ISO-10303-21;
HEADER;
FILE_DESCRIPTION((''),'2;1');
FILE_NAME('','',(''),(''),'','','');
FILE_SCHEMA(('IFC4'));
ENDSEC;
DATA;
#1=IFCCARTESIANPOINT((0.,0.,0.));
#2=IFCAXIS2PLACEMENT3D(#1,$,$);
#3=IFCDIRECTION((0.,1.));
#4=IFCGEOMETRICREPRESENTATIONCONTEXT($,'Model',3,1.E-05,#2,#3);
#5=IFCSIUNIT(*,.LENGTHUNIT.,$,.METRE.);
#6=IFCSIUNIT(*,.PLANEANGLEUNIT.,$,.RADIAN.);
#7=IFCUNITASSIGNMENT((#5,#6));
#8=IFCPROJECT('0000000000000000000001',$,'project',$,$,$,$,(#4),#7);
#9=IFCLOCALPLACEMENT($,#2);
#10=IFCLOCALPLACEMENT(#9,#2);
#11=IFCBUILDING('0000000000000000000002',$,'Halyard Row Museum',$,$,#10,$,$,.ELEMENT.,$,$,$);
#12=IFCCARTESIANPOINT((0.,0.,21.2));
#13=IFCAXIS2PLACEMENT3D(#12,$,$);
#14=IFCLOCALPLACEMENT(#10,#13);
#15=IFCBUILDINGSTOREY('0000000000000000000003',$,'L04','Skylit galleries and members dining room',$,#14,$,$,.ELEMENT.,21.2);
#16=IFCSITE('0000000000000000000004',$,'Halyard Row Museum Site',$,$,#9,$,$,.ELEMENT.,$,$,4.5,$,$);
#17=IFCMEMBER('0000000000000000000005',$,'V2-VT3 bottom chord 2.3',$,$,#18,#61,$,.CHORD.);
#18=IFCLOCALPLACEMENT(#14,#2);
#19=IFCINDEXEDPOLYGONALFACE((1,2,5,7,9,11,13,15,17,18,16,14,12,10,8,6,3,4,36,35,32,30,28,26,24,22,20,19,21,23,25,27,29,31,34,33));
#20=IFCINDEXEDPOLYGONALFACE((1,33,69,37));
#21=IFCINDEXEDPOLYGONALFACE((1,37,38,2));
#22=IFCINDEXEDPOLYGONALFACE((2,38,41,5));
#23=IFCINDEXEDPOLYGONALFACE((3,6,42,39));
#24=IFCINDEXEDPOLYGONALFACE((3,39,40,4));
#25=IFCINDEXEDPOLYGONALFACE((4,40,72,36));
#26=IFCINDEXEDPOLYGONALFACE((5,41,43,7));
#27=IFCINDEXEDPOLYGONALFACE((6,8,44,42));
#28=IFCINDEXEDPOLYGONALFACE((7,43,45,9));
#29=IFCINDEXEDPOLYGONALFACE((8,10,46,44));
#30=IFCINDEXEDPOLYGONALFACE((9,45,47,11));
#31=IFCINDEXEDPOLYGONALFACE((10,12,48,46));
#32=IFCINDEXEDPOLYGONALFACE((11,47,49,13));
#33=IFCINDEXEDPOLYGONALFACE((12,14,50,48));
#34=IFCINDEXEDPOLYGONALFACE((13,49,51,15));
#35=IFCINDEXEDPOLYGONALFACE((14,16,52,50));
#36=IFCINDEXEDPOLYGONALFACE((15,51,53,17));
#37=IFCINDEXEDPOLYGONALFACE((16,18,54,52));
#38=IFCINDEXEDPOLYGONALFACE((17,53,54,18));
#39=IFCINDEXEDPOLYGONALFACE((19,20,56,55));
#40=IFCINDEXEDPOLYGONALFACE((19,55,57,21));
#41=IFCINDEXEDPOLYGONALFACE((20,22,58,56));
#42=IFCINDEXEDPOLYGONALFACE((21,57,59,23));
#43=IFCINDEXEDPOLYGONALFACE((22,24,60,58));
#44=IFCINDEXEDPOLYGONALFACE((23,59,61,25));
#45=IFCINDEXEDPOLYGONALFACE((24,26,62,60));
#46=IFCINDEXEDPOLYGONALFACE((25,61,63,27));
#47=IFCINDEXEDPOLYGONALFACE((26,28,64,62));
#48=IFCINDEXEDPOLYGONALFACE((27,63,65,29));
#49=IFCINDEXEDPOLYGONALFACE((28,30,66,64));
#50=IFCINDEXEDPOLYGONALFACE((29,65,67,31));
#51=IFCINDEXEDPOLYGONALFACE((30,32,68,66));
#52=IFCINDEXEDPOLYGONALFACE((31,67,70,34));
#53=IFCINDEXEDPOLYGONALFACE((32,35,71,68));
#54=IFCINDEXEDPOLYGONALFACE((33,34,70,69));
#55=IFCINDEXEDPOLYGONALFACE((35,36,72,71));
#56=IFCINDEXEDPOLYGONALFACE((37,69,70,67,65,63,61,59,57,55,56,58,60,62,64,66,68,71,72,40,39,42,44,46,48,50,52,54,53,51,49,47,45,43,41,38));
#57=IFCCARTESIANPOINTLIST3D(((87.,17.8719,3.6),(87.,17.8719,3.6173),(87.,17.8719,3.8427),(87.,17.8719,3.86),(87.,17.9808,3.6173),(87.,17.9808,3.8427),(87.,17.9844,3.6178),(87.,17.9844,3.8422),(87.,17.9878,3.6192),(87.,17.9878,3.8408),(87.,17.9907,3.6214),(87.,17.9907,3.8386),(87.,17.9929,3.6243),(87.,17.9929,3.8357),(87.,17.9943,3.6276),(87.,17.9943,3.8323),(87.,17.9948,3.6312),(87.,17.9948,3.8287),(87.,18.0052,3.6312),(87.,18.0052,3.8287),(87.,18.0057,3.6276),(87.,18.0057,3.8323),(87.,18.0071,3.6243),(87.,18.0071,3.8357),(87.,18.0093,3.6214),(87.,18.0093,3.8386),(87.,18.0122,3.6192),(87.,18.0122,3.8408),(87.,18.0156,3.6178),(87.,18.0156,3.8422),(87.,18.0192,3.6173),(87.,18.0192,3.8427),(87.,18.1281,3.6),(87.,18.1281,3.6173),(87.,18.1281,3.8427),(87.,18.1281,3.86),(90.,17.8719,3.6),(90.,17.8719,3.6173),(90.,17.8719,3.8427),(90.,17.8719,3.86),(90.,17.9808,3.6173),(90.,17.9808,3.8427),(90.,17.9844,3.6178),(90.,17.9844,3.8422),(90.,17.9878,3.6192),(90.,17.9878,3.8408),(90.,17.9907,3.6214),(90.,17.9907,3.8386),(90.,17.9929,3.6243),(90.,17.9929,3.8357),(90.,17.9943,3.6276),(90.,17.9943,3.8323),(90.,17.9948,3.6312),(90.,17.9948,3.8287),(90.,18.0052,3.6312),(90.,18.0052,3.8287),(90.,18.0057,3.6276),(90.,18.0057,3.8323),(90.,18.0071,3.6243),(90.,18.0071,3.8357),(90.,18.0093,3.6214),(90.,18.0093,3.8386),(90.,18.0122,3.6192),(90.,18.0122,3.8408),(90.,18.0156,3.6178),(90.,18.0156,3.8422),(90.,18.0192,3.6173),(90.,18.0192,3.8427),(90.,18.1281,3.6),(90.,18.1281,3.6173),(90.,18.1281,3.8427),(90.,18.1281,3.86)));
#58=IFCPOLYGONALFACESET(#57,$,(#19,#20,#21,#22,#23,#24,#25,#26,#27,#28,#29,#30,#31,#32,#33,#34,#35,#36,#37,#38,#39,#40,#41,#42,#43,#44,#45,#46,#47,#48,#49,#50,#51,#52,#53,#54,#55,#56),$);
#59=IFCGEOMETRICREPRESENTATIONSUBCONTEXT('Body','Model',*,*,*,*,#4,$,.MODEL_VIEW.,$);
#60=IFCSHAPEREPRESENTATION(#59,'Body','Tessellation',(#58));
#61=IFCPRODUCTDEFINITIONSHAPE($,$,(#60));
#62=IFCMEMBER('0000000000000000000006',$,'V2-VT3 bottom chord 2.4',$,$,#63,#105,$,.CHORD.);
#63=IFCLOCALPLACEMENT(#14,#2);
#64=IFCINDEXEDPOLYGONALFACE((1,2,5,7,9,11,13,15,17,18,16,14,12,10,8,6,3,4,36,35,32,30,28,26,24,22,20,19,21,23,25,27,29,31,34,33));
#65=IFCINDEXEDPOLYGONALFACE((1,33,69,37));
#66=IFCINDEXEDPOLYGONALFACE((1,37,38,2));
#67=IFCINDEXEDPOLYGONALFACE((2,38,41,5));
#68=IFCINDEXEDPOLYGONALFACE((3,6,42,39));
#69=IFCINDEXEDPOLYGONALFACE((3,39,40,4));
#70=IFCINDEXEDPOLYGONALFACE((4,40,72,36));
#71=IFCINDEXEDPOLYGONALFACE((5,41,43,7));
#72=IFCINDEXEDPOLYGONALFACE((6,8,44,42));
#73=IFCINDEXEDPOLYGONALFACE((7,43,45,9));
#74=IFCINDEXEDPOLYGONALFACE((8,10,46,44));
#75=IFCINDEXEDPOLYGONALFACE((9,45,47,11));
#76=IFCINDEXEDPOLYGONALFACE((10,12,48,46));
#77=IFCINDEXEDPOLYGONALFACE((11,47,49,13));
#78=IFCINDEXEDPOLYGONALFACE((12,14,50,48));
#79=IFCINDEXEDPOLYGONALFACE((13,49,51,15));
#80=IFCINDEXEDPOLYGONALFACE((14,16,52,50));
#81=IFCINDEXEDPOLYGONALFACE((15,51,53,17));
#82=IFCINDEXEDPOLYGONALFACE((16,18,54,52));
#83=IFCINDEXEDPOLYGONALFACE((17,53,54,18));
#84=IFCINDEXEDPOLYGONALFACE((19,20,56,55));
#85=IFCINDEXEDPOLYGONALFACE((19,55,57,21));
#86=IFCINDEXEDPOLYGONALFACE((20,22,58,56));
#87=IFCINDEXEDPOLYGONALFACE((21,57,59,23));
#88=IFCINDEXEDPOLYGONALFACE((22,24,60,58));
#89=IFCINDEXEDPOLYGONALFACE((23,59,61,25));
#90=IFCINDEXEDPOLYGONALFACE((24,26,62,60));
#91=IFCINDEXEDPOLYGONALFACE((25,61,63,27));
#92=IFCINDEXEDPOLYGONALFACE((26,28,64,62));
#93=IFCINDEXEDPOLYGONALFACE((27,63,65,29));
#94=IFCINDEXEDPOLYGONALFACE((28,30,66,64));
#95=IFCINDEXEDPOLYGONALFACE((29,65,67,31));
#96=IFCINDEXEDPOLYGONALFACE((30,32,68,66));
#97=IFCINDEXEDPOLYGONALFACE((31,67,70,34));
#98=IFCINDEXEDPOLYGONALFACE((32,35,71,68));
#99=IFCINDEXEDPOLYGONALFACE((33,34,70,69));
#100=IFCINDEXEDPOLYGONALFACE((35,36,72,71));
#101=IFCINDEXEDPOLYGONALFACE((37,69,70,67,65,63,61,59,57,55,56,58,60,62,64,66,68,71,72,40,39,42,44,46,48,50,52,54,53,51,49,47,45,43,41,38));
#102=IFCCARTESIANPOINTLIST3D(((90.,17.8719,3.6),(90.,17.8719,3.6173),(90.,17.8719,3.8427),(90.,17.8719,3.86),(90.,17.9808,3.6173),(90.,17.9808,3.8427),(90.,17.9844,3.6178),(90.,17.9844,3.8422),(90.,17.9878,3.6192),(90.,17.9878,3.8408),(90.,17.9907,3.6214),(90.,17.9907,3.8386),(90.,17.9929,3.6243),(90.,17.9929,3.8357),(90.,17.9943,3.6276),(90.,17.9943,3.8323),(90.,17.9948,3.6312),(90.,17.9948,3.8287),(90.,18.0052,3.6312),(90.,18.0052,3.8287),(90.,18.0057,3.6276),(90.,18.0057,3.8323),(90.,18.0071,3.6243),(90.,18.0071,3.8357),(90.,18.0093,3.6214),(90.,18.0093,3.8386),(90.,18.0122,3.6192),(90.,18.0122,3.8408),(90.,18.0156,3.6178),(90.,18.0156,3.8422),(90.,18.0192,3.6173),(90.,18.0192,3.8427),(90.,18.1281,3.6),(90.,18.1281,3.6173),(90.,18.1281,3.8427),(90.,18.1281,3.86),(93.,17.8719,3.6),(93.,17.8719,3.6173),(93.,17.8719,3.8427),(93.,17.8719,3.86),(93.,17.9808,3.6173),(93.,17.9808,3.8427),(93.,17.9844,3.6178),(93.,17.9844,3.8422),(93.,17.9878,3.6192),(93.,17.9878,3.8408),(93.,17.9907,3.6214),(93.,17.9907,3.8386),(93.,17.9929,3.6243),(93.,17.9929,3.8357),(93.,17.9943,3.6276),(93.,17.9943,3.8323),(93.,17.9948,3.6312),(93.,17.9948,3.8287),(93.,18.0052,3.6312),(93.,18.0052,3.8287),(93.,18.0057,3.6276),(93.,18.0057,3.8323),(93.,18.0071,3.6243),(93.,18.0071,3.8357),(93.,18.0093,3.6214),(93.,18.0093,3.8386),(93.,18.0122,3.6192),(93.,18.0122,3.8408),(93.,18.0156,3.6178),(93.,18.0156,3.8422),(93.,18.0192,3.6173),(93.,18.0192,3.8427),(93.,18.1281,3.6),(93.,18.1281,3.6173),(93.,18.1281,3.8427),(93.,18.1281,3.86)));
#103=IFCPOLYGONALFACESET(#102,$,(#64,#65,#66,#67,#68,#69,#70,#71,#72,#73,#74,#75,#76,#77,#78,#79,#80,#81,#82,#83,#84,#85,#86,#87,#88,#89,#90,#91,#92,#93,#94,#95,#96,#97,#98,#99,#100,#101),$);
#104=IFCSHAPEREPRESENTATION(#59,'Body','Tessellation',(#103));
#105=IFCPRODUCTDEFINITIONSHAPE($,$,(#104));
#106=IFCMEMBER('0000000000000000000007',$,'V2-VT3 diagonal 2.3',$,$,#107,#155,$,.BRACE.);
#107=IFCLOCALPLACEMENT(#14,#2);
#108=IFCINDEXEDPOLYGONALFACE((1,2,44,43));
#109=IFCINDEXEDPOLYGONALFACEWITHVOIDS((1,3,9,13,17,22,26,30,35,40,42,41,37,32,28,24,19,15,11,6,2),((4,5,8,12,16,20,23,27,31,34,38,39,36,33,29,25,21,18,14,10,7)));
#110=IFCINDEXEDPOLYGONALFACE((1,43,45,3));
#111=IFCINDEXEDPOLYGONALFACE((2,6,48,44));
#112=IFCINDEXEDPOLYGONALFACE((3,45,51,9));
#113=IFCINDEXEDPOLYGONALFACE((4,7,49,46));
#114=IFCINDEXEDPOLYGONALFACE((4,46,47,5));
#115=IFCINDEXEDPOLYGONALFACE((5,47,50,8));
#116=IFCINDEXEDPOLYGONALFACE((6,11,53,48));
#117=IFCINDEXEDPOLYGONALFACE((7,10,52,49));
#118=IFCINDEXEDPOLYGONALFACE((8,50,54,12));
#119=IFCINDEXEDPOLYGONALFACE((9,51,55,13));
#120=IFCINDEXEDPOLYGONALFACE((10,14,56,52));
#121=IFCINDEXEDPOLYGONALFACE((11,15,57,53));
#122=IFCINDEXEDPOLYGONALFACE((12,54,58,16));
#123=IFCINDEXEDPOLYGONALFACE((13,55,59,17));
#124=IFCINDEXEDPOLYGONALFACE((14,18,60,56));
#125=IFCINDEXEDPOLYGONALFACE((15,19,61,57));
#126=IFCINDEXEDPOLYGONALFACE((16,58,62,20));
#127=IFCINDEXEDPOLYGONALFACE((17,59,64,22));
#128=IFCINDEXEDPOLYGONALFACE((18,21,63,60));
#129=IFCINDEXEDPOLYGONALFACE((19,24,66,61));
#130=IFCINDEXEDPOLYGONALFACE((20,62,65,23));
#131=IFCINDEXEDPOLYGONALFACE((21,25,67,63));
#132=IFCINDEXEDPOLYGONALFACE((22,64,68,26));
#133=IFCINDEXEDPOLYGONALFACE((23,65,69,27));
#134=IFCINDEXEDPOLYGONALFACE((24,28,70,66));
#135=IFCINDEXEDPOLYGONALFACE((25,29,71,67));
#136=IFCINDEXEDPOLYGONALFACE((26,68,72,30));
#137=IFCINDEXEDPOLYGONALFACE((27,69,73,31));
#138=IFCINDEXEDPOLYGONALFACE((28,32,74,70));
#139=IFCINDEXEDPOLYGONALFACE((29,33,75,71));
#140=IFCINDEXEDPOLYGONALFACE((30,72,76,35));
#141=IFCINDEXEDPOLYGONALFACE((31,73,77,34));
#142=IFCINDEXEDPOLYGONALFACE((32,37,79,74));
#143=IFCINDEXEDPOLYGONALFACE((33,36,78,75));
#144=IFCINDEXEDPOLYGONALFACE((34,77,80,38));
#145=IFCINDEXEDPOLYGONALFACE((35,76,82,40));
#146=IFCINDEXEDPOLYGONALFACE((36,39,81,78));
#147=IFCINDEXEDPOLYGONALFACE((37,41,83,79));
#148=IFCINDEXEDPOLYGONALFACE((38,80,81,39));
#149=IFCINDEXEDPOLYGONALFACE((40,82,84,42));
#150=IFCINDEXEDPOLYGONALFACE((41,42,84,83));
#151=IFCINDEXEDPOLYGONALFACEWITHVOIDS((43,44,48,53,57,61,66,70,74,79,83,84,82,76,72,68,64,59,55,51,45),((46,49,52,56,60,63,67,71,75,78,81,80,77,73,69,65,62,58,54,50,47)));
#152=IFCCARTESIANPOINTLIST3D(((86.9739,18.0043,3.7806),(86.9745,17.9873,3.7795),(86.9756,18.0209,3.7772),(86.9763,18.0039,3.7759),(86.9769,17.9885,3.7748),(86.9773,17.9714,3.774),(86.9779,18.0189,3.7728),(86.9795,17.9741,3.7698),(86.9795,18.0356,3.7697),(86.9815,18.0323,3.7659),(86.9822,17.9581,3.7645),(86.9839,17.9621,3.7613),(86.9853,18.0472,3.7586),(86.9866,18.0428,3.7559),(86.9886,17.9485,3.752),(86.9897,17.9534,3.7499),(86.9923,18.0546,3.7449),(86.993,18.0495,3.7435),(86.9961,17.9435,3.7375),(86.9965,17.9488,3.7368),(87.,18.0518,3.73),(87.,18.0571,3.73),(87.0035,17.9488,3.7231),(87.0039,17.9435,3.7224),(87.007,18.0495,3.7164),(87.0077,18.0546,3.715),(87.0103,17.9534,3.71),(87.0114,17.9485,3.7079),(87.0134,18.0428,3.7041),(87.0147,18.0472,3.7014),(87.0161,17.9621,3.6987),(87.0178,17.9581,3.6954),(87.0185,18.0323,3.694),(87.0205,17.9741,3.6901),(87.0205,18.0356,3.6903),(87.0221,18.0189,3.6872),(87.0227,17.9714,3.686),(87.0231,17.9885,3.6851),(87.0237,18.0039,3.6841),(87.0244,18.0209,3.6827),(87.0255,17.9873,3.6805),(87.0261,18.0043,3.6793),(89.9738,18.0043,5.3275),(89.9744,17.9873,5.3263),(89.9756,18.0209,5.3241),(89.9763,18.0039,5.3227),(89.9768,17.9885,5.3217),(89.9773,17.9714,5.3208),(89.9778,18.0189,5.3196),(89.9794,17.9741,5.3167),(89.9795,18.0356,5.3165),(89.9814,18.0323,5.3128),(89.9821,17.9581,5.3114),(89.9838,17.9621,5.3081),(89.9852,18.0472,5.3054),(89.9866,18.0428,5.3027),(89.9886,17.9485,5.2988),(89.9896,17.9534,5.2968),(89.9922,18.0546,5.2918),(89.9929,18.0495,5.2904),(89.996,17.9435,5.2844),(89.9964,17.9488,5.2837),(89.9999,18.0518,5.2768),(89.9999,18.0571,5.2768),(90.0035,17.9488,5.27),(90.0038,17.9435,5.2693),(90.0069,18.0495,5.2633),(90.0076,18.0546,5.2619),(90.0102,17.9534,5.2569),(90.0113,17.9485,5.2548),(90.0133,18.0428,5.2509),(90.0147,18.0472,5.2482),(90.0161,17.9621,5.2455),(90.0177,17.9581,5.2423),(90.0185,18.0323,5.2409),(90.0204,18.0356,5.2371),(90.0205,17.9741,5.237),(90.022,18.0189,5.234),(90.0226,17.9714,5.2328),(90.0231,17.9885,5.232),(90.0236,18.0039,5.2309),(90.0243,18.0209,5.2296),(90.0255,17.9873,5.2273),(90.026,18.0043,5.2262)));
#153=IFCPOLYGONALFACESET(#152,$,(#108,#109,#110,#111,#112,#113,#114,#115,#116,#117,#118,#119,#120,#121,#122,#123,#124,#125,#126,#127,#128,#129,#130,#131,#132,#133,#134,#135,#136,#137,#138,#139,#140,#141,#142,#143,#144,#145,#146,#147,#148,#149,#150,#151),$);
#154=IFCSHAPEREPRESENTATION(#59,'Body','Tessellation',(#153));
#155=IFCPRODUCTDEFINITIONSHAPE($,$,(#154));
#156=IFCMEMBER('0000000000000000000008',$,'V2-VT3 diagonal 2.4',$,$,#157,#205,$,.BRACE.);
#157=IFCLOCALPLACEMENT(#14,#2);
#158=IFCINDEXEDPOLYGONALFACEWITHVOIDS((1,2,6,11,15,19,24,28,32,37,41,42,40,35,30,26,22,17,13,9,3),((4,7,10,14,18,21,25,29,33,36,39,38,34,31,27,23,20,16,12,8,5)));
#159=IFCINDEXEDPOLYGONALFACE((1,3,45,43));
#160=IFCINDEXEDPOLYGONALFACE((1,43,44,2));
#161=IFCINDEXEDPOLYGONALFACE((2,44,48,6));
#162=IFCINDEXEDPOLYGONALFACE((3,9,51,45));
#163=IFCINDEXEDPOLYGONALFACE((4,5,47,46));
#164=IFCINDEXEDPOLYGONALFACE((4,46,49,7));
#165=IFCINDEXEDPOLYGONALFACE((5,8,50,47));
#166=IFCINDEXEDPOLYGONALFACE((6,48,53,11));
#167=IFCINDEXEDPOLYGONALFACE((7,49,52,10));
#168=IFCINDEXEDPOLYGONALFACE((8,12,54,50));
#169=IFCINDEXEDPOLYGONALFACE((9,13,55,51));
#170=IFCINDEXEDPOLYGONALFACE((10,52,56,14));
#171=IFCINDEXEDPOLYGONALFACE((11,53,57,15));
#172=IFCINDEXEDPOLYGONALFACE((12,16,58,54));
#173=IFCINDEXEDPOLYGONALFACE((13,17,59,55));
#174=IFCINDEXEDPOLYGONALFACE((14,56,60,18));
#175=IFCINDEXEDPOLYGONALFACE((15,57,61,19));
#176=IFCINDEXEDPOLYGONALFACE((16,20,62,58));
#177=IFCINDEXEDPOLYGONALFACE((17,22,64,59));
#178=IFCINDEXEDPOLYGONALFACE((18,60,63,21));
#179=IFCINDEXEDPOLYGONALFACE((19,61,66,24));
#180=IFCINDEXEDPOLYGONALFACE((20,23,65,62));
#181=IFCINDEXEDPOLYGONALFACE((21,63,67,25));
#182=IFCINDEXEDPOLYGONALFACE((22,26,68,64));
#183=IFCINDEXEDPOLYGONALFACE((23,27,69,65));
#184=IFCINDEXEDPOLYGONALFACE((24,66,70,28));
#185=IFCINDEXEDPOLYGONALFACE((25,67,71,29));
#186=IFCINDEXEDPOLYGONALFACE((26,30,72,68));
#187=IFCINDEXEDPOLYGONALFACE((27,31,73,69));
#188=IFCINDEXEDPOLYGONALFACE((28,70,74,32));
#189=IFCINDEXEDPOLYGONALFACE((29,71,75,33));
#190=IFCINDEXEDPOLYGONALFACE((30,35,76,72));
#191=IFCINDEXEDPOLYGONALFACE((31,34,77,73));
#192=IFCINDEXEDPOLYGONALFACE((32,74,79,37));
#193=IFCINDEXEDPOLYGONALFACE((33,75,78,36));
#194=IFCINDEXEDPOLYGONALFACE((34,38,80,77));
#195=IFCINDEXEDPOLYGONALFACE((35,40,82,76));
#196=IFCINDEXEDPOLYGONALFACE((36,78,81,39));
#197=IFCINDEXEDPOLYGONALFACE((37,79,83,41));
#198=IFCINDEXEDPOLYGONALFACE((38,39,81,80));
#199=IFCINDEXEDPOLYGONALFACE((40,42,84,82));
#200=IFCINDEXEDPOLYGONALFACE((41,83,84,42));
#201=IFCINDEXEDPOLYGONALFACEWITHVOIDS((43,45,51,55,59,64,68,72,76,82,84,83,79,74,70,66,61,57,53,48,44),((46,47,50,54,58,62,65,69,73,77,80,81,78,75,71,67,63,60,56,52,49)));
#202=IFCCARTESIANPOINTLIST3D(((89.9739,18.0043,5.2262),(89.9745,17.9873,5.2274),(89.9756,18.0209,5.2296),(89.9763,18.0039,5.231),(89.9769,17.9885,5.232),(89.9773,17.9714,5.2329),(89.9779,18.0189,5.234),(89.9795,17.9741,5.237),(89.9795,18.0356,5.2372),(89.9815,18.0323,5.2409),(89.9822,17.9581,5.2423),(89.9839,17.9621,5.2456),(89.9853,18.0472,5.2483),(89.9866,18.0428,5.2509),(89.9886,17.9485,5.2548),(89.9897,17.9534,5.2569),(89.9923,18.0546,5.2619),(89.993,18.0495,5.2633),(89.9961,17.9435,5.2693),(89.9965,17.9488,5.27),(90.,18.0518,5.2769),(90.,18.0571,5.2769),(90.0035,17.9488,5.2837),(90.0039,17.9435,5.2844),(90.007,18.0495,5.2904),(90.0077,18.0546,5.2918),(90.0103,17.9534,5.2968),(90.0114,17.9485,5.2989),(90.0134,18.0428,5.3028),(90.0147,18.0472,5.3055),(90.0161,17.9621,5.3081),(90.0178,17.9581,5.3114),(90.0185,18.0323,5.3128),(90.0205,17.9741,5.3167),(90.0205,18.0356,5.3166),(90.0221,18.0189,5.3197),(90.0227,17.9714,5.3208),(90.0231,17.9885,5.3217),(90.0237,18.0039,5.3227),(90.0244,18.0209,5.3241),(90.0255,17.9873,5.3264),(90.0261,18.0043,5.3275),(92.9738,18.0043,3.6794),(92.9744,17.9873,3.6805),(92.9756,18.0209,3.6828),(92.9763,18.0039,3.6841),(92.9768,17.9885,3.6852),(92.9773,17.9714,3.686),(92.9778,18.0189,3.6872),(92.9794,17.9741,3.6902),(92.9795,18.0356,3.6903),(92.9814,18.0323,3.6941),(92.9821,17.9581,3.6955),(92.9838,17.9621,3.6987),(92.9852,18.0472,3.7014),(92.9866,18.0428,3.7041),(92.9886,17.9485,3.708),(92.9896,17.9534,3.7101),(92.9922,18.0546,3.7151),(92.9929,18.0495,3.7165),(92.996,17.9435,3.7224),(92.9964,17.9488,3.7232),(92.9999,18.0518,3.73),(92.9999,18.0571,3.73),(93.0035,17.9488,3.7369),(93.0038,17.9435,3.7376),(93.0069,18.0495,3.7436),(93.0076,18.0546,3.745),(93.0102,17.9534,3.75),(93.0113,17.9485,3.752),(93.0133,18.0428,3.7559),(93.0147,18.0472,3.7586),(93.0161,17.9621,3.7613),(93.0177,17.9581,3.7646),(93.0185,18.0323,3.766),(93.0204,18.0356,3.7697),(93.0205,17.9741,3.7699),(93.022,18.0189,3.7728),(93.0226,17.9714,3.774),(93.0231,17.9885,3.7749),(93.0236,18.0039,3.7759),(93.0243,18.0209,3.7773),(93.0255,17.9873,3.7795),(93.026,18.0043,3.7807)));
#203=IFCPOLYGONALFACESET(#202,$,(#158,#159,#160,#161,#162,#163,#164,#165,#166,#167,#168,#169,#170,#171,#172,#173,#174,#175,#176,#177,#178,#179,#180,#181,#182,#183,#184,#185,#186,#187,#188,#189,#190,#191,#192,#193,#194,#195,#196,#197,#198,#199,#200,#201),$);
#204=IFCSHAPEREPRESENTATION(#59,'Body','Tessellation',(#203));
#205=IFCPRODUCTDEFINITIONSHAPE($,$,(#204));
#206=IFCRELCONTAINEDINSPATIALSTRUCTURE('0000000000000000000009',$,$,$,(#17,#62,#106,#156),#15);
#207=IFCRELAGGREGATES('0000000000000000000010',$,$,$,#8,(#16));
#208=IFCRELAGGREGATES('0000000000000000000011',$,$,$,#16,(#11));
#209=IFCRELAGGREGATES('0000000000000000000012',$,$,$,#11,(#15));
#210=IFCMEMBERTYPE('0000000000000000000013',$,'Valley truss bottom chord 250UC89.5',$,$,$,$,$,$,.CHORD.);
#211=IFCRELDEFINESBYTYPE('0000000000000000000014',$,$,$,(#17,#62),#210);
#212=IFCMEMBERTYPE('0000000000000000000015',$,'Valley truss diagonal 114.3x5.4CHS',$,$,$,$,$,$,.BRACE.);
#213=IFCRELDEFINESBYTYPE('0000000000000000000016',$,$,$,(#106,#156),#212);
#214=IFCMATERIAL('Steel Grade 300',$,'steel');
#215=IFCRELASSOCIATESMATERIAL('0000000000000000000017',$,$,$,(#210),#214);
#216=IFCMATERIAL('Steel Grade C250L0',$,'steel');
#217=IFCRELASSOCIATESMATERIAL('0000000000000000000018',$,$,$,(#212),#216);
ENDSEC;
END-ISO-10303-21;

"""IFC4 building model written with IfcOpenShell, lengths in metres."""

from ifc_helpers import new_model, si_unit, direction, frame, origin, origin_2d, place, context, subcontext, project, spatial, hollow_circle, i_section, extrude, material, material_profile, profile_set, type_object, element, save


model = new_model("IFC4")

# Units and contexts
model_context = context("Model", 3, precision=1e-05, world=origin(), true_north=direction((0.0, 1.0)))
body_context = subcontext(model_context, "Body", "Model", "MODEL_VIEW")
ifc_project = project(units=[si_unit("LENGTHUNIT", "METRE"), si_unit("PLANEANGLEUNIT", "RADIAN")], contexts=[model_context])

# Site, building, storey
site_placement = place(None, origin())
site = spatial("IfcSite", under=ifc_project, at=site_placement, Name="Halyard Row Museum Site", CompositionType="ELEMENT", RefElevation=4.5)
building_placement = place(site_placement, origin())
building = spatial("IfcBuilding", under=site, at=building_placement, Name="Halyard Row Museum", CompositionType="ELEMENT")
storey_placement = place(building_placement, frame((0.0, 0.0, 21.2)))
storey = spatial("IfcBuildingStorey", under=building, at=storey_placement, Name="L04", Description="Skylit galleries and members dining room", CompositionType="ELEMENT", Elevation=21.2)

# Members
ifc_material_1 = material(Name="Steel Grade 300", Category="steel")
ifc_material_profile_1 = material_profile(ifc_material_1, i_section(OverallWidth=0.2561, OverallDepth=0.26, WebThickness=0.0105, FlangeThickness=0.0173, FilletRadius=0.0139, at=origin_2d()), Name="250UC89.5")
ifc_profile_set_1 = profile_set([ifc_material_profile_1], Name="Steel Grade 300")
member_type_1 = type_object("IfcMemberType", Name="Valley truss bottom chord 250UC89.5", PredefinedType="CHORD", material=ifc_profile_set_1)
for number, where, z_axis, x_axis, name in (
    (1, (87.0, 18.0, 3.73), (1.0, 0.0, 0.0), (0.0, 1.0, 0.0), "V2-VT3 bottom chord 2.3"),
    (2, (90.0, 18.0, 3.73), (1.0, 0.0, 0.0), (0.0, 1.0, 0.0), "V2-VT3 bottom chord 2.4"),
):
    element("IfcMember", number, at=place(storey_placement, frame(where, z_axis=z_axis, x_axis=x_axis)), inside=storey, type_object=member_type_1, Name=name, PredefinedType="CHORD", context=body_context, shape_type="SweptSolid", body=[
        extrude(i_section(OverallWidth=0.2561, OverallDepth=0.26, WebThickness=0.0105, FlangeThickness=0.0173, FilletRadius=0.0139, at=origin_2d()), origin(), (0.0, 0.0, 1.0), 3.0),
    ])
ifc_material_2 = material(Name="Steel Grade C250L0", Category="steel")
ifc_material_profile_2 = material_profile(ifc_material_2, hollow_circle(Radius=0.0571, WallThickness=0.0054, at=origin_2d()), Name="114.3x5.4CHS")
ifc_profile_set_2 = profile_set([ifc_material_profile_2], Name="Steel Grade C250L0")
member_type_2 = type_object("IfcMemberType", Name="Valley truss diagonal 114.3x5.4CHS", PredefinedType="BRACE", material=ifc_profile_set_2)
for number, where, z_axis, x_axis, name in (
    (3, (87.0, 18.0, 3.73), (0.888803, 0.0, 0.458289), (0.0, 1.0, 0.0), "V2-VT3 diagonal 2.3"),
    (4, (90.0, 18.0, 5.2769), (0.888803, 0.0, -0.458289), (0.0, 1.0, 0.0), "V2-VT3 diagonal 2.4"),
):
    element("IfcMember", number, at=place(storey_placement, frame(where, z_axis=z_axis, x_axis=x_axis)), inside=storey, type_object=member_type_2, Name=name, PredefinedType="BRACE", context=body_context, shape_type="SweptSolid", body=[
        extrude(hollow_circle(Radius=0.0571, WallThickness=0.0054, at=origin_2d()), origin(), (0.0, 0.0, 1.0), 3.3752),
    ])

save(model, "model.ifc")
